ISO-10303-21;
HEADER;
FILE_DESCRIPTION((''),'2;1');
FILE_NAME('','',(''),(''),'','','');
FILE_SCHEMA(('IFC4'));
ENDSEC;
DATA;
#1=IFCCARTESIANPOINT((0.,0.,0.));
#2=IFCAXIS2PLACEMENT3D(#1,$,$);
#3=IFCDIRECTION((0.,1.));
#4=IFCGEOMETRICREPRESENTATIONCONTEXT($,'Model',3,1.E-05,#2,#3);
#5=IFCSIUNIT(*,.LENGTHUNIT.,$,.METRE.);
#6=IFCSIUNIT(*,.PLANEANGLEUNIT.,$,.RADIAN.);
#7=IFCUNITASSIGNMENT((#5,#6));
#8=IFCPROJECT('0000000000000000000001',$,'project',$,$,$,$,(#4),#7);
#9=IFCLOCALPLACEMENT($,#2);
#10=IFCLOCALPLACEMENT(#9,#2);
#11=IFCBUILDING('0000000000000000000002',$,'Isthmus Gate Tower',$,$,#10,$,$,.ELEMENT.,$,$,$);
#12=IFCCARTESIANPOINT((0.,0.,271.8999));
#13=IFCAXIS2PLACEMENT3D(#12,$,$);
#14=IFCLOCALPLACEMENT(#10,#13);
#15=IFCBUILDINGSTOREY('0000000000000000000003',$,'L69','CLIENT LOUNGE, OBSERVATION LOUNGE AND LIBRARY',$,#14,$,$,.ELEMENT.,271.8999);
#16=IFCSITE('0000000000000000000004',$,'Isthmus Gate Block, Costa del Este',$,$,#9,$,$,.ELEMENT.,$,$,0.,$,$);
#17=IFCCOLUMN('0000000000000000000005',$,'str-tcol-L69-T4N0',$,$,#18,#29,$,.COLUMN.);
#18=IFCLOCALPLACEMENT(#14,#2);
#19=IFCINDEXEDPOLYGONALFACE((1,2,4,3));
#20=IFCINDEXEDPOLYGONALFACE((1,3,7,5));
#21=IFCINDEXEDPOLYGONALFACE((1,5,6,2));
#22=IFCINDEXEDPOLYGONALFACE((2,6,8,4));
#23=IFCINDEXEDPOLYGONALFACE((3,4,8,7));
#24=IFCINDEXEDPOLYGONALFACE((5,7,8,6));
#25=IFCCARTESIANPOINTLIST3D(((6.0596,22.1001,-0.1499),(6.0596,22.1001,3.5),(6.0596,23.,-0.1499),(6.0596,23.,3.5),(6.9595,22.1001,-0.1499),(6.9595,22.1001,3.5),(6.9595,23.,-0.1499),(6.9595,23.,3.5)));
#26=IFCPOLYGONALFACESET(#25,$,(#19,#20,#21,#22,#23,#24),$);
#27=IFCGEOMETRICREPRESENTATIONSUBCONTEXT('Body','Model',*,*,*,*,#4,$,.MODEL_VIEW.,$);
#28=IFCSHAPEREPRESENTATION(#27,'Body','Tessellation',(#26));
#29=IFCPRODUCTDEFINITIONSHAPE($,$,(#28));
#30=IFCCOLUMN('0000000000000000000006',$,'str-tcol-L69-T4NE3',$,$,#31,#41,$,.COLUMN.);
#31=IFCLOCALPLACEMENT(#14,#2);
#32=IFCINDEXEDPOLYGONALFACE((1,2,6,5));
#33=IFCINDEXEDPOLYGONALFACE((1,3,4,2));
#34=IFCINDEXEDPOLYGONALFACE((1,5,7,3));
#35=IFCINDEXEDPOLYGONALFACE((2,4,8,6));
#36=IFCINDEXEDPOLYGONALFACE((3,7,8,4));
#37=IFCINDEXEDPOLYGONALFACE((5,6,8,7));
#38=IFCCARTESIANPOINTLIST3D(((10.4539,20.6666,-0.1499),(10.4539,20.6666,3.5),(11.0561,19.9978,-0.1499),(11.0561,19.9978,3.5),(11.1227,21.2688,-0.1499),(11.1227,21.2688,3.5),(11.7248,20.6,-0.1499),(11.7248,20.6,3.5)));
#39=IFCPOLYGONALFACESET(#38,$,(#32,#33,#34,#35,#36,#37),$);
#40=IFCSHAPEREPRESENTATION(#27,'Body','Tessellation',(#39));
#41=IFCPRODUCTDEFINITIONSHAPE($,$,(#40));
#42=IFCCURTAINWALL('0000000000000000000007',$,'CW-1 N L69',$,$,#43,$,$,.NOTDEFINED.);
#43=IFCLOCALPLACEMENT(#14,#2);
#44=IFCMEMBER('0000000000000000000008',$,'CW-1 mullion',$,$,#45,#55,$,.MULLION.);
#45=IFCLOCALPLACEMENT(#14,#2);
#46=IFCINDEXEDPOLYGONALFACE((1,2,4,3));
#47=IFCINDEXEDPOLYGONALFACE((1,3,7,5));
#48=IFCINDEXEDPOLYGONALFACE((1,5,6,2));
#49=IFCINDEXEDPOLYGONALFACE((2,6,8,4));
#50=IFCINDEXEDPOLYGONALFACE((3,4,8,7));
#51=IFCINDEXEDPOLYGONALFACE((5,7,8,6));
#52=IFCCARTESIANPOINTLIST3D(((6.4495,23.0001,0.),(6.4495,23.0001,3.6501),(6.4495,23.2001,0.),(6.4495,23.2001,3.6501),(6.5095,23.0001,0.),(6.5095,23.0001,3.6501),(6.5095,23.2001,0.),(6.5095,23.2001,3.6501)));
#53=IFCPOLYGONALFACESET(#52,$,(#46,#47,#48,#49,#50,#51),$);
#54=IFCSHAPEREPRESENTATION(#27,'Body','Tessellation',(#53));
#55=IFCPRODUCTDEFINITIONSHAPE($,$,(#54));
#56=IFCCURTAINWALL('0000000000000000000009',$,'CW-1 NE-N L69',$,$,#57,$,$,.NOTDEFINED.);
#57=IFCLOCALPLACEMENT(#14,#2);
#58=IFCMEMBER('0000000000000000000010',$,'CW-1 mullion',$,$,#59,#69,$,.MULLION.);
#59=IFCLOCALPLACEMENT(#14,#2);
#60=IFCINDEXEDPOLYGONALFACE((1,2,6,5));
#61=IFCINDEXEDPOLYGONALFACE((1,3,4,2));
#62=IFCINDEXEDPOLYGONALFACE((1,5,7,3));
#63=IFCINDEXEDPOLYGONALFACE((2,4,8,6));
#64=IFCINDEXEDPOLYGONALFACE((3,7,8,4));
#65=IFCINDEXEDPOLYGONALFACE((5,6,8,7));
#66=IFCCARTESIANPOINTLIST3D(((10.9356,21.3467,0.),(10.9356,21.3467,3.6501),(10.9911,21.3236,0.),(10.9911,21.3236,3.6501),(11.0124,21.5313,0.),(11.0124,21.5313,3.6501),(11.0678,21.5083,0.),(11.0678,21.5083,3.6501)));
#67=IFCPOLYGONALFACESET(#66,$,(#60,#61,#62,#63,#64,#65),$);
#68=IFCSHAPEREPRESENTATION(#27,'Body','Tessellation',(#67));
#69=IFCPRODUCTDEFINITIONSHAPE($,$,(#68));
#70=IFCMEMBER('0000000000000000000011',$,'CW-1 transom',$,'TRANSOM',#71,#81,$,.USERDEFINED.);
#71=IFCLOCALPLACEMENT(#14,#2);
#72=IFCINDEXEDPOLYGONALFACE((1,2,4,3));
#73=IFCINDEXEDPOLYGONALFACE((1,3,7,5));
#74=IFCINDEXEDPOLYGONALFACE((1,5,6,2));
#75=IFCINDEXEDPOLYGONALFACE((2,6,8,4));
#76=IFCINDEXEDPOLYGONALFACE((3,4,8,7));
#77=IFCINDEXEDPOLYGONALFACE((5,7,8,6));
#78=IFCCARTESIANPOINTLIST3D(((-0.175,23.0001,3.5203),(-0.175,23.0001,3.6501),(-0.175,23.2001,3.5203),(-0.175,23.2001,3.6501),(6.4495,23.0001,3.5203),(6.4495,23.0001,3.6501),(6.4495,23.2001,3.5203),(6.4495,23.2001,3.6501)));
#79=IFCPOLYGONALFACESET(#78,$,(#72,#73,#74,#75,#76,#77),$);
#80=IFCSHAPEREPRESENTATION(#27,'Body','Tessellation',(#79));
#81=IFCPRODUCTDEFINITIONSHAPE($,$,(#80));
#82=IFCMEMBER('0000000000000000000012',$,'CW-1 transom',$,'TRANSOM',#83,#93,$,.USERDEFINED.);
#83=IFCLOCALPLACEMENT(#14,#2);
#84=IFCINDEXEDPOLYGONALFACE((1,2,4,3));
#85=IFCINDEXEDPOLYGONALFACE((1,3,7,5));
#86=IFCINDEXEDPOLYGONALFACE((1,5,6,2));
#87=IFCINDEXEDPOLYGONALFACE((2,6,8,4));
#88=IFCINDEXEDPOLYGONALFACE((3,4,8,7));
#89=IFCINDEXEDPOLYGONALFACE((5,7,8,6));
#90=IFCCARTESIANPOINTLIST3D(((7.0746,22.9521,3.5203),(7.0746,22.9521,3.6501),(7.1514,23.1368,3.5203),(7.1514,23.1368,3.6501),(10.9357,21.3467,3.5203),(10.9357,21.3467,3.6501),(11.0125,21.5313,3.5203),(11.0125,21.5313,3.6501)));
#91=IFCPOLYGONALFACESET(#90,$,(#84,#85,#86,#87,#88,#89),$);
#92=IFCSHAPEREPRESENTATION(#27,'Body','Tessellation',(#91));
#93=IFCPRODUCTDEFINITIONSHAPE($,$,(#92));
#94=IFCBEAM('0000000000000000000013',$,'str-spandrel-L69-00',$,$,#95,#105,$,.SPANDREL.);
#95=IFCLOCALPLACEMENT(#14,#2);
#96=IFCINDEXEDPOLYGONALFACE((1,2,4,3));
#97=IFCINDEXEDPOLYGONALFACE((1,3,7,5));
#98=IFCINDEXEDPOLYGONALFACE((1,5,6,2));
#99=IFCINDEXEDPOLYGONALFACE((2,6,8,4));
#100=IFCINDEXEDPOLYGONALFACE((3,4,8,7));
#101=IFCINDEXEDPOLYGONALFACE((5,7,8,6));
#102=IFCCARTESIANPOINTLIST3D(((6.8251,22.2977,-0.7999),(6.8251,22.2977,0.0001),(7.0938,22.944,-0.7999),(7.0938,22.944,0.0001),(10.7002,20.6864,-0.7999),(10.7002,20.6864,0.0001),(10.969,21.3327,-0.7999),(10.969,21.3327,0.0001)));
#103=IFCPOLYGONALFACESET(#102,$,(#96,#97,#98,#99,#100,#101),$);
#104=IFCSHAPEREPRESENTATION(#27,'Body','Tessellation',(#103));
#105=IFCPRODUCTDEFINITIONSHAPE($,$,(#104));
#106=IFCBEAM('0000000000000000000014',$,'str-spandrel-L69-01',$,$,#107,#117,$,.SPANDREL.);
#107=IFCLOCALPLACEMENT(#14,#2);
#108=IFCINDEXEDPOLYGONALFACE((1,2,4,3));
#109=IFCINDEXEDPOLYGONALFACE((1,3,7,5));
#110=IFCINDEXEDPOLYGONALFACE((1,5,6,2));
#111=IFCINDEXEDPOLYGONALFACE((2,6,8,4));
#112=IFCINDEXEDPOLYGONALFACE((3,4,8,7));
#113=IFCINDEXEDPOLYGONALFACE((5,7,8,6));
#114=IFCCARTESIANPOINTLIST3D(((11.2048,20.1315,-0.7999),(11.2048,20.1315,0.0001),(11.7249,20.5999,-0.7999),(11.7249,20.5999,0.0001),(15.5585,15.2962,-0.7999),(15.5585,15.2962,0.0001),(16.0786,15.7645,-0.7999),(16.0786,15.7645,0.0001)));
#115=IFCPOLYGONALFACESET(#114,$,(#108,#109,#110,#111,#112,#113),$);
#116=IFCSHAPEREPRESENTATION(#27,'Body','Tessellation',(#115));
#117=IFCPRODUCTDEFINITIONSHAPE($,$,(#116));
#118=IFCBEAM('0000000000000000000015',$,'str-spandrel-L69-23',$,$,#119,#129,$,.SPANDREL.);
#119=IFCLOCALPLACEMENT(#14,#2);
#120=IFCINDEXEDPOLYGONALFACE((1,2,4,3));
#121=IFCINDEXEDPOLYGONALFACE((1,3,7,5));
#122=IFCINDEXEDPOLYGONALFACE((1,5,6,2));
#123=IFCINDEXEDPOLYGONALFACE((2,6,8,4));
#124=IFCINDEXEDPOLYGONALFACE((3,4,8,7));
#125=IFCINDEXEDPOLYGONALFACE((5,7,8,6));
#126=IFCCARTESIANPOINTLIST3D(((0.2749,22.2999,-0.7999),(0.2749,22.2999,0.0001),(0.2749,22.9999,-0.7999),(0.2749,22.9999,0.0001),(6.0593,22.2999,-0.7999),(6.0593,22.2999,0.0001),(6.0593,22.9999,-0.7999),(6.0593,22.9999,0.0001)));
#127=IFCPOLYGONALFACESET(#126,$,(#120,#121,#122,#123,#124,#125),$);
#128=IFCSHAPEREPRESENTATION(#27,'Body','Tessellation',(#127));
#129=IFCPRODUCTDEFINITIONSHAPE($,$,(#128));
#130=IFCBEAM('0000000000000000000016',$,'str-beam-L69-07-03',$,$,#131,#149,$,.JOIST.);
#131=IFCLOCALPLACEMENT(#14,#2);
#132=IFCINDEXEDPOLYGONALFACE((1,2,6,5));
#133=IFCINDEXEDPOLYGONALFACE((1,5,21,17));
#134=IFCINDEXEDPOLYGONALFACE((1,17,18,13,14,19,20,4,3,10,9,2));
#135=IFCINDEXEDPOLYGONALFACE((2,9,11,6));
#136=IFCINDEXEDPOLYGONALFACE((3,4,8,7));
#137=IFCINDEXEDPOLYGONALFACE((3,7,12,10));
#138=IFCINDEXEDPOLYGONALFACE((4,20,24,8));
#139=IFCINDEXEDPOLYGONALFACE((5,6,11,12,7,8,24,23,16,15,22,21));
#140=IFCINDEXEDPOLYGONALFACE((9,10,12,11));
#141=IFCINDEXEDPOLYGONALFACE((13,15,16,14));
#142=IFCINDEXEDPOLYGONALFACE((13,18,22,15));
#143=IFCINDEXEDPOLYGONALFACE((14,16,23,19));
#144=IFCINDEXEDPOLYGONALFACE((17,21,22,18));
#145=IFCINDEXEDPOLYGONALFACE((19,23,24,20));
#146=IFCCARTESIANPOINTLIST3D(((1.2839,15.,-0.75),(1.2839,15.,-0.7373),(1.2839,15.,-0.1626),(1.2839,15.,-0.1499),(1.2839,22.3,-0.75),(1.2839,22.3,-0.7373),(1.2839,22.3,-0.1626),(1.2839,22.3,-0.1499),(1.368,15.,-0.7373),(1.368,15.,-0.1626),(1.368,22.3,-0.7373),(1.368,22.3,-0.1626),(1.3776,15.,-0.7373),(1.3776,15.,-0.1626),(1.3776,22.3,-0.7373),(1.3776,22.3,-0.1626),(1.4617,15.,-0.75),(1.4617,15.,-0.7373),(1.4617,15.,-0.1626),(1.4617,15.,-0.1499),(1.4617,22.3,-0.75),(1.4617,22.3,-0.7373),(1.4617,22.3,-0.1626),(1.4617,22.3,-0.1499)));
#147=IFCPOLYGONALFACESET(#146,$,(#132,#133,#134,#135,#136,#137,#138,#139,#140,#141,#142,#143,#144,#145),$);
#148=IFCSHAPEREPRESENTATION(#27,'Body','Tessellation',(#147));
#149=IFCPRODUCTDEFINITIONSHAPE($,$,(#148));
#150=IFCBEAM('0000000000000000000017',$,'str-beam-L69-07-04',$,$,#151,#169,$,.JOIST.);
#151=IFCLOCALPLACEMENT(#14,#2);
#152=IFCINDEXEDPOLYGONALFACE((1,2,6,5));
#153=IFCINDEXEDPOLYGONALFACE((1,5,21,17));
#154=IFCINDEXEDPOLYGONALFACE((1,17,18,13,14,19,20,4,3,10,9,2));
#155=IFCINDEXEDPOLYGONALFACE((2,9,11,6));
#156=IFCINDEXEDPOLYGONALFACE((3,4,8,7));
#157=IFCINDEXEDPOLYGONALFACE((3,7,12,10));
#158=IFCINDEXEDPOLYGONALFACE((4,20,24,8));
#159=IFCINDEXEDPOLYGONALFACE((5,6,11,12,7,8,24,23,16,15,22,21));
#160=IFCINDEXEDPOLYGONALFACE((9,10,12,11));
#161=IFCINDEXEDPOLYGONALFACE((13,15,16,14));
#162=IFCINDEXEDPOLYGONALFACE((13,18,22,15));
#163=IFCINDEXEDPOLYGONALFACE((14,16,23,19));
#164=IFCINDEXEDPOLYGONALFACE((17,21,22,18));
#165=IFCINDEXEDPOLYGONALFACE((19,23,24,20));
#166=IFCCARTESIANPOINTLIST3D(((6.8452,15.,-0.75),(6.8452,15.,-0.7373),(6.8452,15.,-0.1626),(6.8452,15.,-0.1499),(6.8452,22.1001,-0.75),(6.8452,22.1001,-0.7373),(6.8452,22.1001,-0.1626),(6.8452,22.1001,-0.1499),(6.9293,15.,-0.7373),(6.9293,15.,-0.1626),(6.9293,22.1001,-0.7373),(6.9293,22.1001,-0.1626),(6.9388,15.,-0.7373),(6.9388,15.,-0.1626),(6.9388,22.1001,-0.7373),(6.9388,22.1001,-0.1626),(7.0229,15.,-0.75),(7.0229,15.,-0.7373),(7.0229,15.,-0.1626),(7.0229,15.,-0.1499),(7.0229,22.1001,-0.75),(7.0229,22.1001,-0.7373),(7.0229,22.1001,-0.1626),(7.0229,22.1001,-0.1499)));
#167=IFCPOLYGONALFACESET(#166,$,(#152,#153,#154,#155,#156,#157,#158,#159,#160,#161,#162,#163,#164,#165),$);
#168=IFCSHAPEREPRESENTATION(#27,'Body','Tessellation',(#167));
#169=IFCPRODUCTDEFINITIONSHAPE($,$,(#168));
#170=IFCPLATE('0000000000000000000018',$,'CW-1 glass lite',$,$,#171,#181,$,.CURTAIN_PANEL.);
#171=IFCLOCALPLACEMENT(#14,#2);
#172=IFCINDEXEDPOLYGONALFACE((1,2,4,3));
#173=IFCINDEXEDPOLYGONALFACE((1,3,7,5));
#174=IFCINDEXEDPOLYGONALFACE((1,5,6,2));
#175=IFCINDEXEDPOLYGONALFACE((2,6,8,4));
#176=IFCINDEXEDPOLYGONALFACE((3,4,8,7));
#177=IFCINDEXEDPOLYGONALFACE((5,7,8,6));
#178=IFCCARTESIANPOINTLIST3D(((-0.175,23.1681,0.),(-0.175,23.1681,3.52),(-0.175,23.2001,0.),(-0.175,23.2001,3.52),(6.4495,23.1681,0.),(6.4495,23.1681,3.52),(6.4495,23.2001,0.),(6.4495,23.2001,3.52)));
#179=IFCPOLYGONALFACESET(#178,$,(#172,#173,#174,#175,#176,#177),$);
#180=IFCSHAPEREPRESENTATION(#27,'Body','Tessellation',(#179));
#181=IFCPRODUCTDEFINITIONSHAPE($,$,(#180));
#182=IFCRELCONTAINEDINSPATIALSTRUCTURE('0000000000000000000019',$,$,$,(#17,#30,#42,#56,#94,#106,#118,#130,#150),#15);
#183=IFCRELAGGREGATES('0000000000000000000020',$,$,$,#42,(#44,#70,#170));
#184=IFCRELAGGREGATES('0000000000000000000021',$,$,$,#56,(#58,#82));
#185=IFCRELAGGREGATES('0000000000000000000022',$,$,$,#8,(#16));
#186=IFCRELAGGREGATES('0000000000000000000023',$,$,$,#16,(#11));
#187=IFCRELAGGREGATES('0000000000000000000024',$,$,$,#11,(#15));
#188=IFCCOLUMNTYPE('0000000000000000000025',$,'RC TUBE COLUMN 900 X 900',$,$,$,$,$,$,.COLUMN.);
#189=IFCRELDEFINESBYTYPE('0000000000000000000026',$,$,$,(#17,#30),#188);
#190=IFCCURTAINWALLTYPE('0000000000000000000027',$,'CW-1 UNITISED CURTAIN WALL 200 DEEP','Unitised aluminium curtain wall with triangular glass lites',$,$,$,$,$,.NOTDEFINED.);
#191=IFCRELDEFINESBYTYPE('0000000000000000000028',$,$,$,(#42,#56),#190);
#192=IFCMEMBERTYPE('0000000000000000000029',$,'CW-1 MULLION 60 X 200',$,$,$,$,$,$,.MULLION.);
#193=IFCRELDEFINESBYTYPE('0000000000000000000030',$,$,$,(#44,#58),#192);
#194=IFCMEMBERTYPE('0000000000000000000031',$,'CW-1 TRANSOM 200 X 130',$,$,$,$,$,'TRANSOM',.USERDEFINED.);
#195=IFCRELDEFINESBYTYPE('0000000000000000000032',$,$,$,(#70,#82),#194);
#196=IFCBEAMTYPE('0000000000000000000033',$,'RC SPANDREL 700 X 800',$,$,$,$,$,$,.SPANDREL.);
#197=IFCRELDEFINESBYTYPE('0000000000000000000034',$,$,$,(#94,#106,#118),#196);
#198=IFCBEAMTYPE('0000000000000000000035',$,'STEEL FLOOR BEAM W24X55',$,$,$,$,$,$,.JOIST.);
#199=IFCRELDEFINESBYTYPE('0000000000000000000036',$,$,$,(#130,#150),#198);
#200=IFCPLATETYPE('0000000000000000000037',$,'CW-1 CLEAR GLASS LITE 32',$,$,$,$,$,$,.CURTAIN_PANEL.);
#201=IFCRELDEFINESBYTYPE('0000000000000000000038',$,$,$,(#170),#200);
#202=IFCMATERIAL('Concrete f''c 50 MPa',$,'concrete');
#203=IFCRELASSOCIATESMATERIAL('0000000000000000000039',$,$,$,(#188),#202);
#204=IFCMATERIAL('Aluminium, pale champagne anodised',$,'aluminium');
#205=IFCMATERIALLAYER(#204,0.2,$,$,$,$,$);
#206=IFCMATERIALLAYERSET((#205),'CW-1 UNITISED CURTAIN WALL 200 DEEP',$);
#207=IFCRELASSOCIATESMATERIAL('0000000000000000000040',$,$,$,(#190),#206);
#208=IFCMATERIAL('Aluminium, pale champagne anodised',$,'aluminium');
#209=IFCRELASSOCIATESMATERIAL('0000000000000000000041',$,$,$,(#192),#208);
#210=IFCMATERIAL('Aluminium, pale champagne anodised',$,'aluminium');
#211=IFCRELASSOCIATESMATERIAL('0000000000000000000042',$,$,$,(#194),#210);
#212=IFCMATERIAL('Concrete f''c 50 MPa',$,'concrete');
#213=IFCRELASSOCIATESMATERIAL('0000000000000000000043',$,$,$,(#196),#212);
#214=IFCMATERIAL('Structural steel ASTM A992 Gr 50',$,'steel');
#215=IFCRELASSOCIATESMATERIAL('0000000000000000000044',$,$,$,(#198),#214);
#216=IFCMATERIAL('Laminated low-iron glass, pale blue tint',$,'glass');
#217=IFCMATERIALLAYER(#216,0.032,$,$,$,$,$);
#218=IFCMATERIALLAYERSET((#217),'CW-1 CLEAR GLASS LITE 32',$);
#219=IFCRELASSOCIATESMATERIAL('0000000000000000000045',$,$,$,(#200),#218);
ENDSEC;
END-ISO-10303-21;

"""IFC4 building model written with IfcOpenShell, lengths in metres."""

from ifc_helpers import new_model, si_unit, direction, frame, origin, origin_2d, place, context, subcontext, project, spatial, rectangle, i_section, extrude, material, layer, layer_set, material_profile, profile_set, type_object, element, aggregate, save


model = new_model("IFC4")

# Units and contexts
model_context = context("Model", 3, precision=1e-05, world=origin(), true_north=direction((0.0, 1.0)))
body_context = subcontext(model_context, "Body", "Model", "MODEL_VIEW")
ifc_project = project(units=[si_unit("LENGTHUNIT", "METRE"), si_unit("PLANEANGLEUNIT", "RADIAN")], contexts=[model_context])

# Site, building, storey
site_placement = place(None, origin())
site = spatial("IfcSite", under=ifc_project, at=site_placement, Name="Isthmus Gate Block, Costa del Este", CompositionType="ELEMENT", RefElevation=0.0)
building_placement = place(site_placement, origin())
building = spatial("IfcBuilding", under=site, at=building_placement, Name="Isthmus Gate Tower", CompositionType="ELEMENT")
storey_placement = place(building_placement, frame((0.0, 0.0, 271.8999)))
storey = spatial("IfcBuildingStorey", under=building, at=storey_placement, Name="L69", Description="CLIENT LOUNGE, OBSERVATION LOUNGE AND LIBRARY", CompositionType="ELEMENT", Elevation=271.8999)

# Columns
ifc_material_1 = material(Name="Concrete f'c 50 MPa", Category="concrete")
ifc_material_profile_1 = material_profile(ifc_material_1, rectangle(XDim=0.8999, YDim=0.8999, at=origin_2d()), Name="RC 900X900")
ifc_profile_set_1 = profile_set([ifc_material_profile_1], Name="Concrete f'c 50 MPa")
column_type = type_object("IfcColumnType", Name="RC TUBE COLUMN 900 X 900", PredefinedType="COLUMN", material=ifc_profile_set_1)
for number, where, z_axis, x_axis, name in (
    (1, (6.5095, 22.55, -0.1499), (0.0, 0.0, 1.0), (-1.0, 0.0, 0.0), "str-tcol-L69-T4N0"),
    (2, (11.0894, 20.6333, -0.1499), (0.0, 0.0, 1.0), (-0.669131, 0.743145, 0.0), "str-tcol-L69-T4NE3"),
):
    element("IfcColumn", number, at=place(storey_placement, frame(where, z_axis=z_axis, x_axis=x_axis)), inside=storey, type_object=column_type, Name=name, PredefinedType="COLUMN", context=body_context, shape_type="SweptSolid", body=[
        extrude(rectangle(XDim=0.8999, YDim=0.8999, at=origin_2d()), origin(), (0.0, 0.0, 1.0), 3.6499),
    ])

# Curtain walls, members
ifc_material_2 = material(Name="Aluminium, pale champagne anodised", Category="aluminium")
ifc_layer_1 = layer(ifc_material_2, 0.2)
ifc_layer_set_1 = layer_set([ifc_layer_1], Name="CW-1 UNITISED CURTAIN WALL 200 DEEP")
curtain_wall_type = type_object("IfcCurtainWallType", Name="CW-1 UNITISED CURTAIN WALL 200 DEEP", Description="Unitised aluminium curtain wall with triangular glass lites", PredefinedType="NOTDEFINED", material=ifc_layer_set_1)
curtain_wall_1_placement = place(storey_placement, origin())
curtain_wall_1 = element("IfcCurtainWall", 3, at=curtain_wall_1_placement, inside=storey, type_object=curtain_wall_type, Name="CW-1 N L69", PredefinedType="NOTDEFINED")
ifc_material_3 = material(Name="Aluminium, pale champagne anodised", Category="aluminium")
ifc_material_profile_2 = material_profile(ifc_material_3, rectangle(XDim=0.0601, YDim=0.2, at=origin_2d()), Name="60x200")
ifc_profile_set_2 = profile_set([ifc_material_profile_2], Name="Aluminium, pale champagne anodised")
member_type_1 = type_object("IfcMemberType", Name="CW-1 MULLION 60 X 200", PredefinedType="MULLION", material=ifc_profile_set_2)
member_1_placement = place(storey_placement, frame((6.4795, 23.1001, 0.0), z_axis=(0.0, 0.0, 1.0), x_axis=(-1.0, 0.0, 0.0)))
member_1 = element("IfcMember", 4, at=member_1_placement, type_object=member_type_1, Name="CW-1 mullion", PredefinedType="MULLION", context=body_context, shape_type="SweptSolid", body=[
    extrude(rectangle(XDim=0.0601, YDim=0.2, at=origin_2d()), origin(), (0.0, 0.0, 1.0), 3.6501),
])
curtain_wall_2_placement = place(storey_placement, origin())
curtain_wall_2 = element("IfcCurtainWall", 5, at=curtain_wall_2_placement, inside=storey, type_object=curtain_wall_type, Name="CW-1 NE-N L69", PredefinedType="NOTDEFINED")
member_2_placement = place(storey_placement, frame((11.0017, 21.4275, 0.0), z_axis=(0.0, 0.0, 1.0), x_axis=(-0.923353, 0.383952, 0.0)))
member_2 = element("IfcMember", 6, at=member_2_placement, type_object=member_type_1, Name="CW-1 mullion", PredefinedType="MULLION", context=body_context, shape_type="SweptSolid", body=[
    extrude(rectangle(XDim=0.0601, YDim=0.2, at=origin_2d()), origin(), (0.0, 0.0, 1.0), 3.6501),
])

# Members
ifc_material_4 = material(Name="Aluminium, pale champagne anodised", Category="aluminium")
ifc_material_profile_3 = material_profile(ifc_material_4, rectangle(XDim=0.2, YDim=0.1299, at=origin_2d()), Name="200x130")
ifc_profile_set_3 = profile_set([ifc_material_profile_3], Name="Aluminium, pale champagne anodised")
member_type_2 = type_object("IfcMemberType", Name="CW-1 TRANSOM 200 X 130", ElementType="TRANSOM", PredefinedType="USERDEFINED", material=ifc_profile_set_3)
member_3_placement = place(storey_placement, frame((6.4495, 23.1001, 3.5852), z_axis=(-1.0, 0.0, 0.0), x_axis=(0.0, -1.0, 0.0)))
member_3 = element("IfcMember", 7, at=member_3_placement, type_object=member_type_2, Name="CW-1 transom", ObjectType="TRANSOM", PredefinedType="USERDEFINED", context=body_context, shape_type="SweptSolid", body=[
    extrude(rectangle(XDim=0.2, YDim=0.1299, at=origin_2d()), origin(), (0.0, 0.0, 1.0), 6.6245),
])
member_4_placement = place(storey_placement, frame((10.9741, 21.439, 3.5852), z_axis=(-0.923358, 0.38394, 0.0), x_axis=(-0.38394, -0.923358, 0.0)))
member_4 = element("IfcMember", 8, at=member_4_placement, type_object=member_type_2, Name="CW-1 transom", ObjectType="TRANSOM", PredefinedType="USERDEFINED", context=body_context, shape_type="SweptSolid", body=[
    extrude(rectangle(XDim=0.2, YDim=0.1299, at=origin_2d()), origin(), (0.0, 0.0, 1.0), 4.1816),
])

# Beams
ifc_material_5 = material(Name="Concrete f'c 50 MPa", Category="concrete")
ifc_material_profile_4 = material_profile(ifc_material_5, rectangle(XDim=0.7, YDim=0.8, at=origin_2d()), Name="RC 700X800")
ifc_profile_set_4 = profile_set([ifc_material_profile_4], Name="Concrete f'c 50 MPa")
beam_type_1 = type_object("IfcBeamType", Name="RC SPANDREL 700 X 800", PredefinedType="SPANDREL", material=ifc_profile_set_4)
beam_1_placement = place(storey_placement, frame((6.9595, 22.6208, -0.3999), z_axis=(0.923361, -0.383934, 0.0), x_axis=(0.383934, 0.923361, 0.0)))
element("IfcBeam", 9, at=beam_1_placement, inside=storey, type_object=beam_type_1, Name="str-spandrel-L69-00", PredefinedType="SPANDREL", context=body_context, shape_type="SweptSolid", body=[
    extrude(rectangle(XDim=0.7, YDim=0.8, at=origin_2d()), origin(), (0.0, 0.0, 1.0), 4.1968),
])
beam_2_placement = place(storey_placement, frame((11.4648, 20.3657, -0.3999), z_axis=(0.669122, -0.743152, 0.0), x_axis=(0.743152, 0.669122, 0.0)))
element("IfcBeam", 10, at=beam_2_placement, inside=storey, type_object=beam_type_1, Name="str-spandrel-L69-01", PredefinedType="SPANDREL", context=body_context, shape_type="SweptSolid", body=[
    extrude(rectangle(XDim=0.7, YDim=0.8, at=origin_2d()), origin(), (0.0, 0.0, 1.0), 6.5066),
])
beam_3_placement = place(storey_placement, frame((0.2749, 22.6499, -0.3999), z_axis=(1.0, 0.0, 0.0), x_axis=(0.0, 1.0, 0.0)))
element("IfcBeam", 11, at=beam_3_placement, inside=storey, type_object=beam_type_1, Name="str-spandrel-L69-23", PredefinedType="SPANDREL", context=body_context, shape_type="SweptSolid", body=[
    extrude(rectangle(XDim=0.7, YDim=0.8, at=origin_2d()), origin(), (0.0, 0.0, 1.0), 5.7844),
])
ifc_material_6 = material(Name="Structural steel ASTM A992 Gr 50", Category="steel")
ifc_material_profile_5 = material_profile(ifc_material_6, i_section(OverallWidth=0.1777, OverallDepth=0.6001, WebThickness=0.0095, FlangeThickness=0.0127, at=origin_2d()), Name="W24X55")
ifc_profile_set_5 = profile_set([ifc_material_profile_5], Name="Structural steel ASTM A992 Gr 50")
beam_type_2 = type_object("IfcBeamType", Name="STEEL FLOOR BEAM W24X55", PredefinedType="JOIST", material=ifc_profile_set_5)
beam_4_placement = place(storey_placement, frame((1.3728, 15.0, -0.45), z_axis=(0.0, 1.0, 0.0), x_axis=(-1.0, 0.0, 0.0)))
element("IfcBeam", 12, at=beam_4_placement, inside=storey, type_object=beam_type_2, Name="str-beam-L69-07-03", PredefinedType="JOIST", context=body_context, shape_type="SweptSolid", body=[
    extrude(i_section(OverallWidth=0.1777, OverallDepth=0.6001, WebThickness=0.0095, FlangeThickness=0.0127, at=origin_2d()), origin(), (0.0, 0.0, 1.0), 7.3),
])
beam_5_placement = place(storey_placement, frame((6.9341, 15.0, -0.45), z_axis=(0.0, 1.0, 0.0), x_axis=(-1.0, 0.0, 0.0)))
element("IfcBeam", 13, at=beam_5_placement, inside=storey, type_object=beam_type_2, Name="str-beam-L69-07-04", PredefinedType="JOIST", context=body_context, shape_type="SweptSolid", body=[
    extrude(i_section(OverallWidth=0.1777, OverallDepth=0.6001, WebThickness=0.0095, FlangeThickness=0.0127, at=origin_2d()), origin(), (0.0, 0.0, 1.0), 7.1001),
])

# Plate
ifc_material_7 = material(Name="Laminated low-iron glass, pale blue tint", Category="glass")
ifc_layer_2 = layer(ifc_material_7, 0.032)
ifc_layer_set_2 = layer_set([ifc_layer_2], Name="CW-1 CLEAR GLASS LITE 32")
plate_type = type_object("IfcPlateType", Name="CW-1 CLEAR GLASS LITE 32", PredefinedType="CURTAIN_PANEL", material=ifc_layer_set_2)
plate_1_placement = place(storey_placement, frame((3.1372, 23.1841, 0.0), z_axis=(0.0, 0.0, 1.0), x_axis=(-1.0, 0.0, 0.0)))
plate_1 = element("IfcPlate", 14, at=plate_1_placement, type_object=plate_type, Name="CW-1 glass lite", PredefinedType="CURTAIN_PANEL", context=body_context, shape_type="SweptSolid", body=[
    extrude(rectangle(XDim=6.6245, YDim=0.032, at=origin_2d()), origin(), (0.0, 0.0, 1.0), 3.52),
])
aggregate(curtain_wall_1, [member_1, member_3, plate_1])
aggregate(curtain_wall_2, [member_2, member_4])

save(model, "model.ifc")
